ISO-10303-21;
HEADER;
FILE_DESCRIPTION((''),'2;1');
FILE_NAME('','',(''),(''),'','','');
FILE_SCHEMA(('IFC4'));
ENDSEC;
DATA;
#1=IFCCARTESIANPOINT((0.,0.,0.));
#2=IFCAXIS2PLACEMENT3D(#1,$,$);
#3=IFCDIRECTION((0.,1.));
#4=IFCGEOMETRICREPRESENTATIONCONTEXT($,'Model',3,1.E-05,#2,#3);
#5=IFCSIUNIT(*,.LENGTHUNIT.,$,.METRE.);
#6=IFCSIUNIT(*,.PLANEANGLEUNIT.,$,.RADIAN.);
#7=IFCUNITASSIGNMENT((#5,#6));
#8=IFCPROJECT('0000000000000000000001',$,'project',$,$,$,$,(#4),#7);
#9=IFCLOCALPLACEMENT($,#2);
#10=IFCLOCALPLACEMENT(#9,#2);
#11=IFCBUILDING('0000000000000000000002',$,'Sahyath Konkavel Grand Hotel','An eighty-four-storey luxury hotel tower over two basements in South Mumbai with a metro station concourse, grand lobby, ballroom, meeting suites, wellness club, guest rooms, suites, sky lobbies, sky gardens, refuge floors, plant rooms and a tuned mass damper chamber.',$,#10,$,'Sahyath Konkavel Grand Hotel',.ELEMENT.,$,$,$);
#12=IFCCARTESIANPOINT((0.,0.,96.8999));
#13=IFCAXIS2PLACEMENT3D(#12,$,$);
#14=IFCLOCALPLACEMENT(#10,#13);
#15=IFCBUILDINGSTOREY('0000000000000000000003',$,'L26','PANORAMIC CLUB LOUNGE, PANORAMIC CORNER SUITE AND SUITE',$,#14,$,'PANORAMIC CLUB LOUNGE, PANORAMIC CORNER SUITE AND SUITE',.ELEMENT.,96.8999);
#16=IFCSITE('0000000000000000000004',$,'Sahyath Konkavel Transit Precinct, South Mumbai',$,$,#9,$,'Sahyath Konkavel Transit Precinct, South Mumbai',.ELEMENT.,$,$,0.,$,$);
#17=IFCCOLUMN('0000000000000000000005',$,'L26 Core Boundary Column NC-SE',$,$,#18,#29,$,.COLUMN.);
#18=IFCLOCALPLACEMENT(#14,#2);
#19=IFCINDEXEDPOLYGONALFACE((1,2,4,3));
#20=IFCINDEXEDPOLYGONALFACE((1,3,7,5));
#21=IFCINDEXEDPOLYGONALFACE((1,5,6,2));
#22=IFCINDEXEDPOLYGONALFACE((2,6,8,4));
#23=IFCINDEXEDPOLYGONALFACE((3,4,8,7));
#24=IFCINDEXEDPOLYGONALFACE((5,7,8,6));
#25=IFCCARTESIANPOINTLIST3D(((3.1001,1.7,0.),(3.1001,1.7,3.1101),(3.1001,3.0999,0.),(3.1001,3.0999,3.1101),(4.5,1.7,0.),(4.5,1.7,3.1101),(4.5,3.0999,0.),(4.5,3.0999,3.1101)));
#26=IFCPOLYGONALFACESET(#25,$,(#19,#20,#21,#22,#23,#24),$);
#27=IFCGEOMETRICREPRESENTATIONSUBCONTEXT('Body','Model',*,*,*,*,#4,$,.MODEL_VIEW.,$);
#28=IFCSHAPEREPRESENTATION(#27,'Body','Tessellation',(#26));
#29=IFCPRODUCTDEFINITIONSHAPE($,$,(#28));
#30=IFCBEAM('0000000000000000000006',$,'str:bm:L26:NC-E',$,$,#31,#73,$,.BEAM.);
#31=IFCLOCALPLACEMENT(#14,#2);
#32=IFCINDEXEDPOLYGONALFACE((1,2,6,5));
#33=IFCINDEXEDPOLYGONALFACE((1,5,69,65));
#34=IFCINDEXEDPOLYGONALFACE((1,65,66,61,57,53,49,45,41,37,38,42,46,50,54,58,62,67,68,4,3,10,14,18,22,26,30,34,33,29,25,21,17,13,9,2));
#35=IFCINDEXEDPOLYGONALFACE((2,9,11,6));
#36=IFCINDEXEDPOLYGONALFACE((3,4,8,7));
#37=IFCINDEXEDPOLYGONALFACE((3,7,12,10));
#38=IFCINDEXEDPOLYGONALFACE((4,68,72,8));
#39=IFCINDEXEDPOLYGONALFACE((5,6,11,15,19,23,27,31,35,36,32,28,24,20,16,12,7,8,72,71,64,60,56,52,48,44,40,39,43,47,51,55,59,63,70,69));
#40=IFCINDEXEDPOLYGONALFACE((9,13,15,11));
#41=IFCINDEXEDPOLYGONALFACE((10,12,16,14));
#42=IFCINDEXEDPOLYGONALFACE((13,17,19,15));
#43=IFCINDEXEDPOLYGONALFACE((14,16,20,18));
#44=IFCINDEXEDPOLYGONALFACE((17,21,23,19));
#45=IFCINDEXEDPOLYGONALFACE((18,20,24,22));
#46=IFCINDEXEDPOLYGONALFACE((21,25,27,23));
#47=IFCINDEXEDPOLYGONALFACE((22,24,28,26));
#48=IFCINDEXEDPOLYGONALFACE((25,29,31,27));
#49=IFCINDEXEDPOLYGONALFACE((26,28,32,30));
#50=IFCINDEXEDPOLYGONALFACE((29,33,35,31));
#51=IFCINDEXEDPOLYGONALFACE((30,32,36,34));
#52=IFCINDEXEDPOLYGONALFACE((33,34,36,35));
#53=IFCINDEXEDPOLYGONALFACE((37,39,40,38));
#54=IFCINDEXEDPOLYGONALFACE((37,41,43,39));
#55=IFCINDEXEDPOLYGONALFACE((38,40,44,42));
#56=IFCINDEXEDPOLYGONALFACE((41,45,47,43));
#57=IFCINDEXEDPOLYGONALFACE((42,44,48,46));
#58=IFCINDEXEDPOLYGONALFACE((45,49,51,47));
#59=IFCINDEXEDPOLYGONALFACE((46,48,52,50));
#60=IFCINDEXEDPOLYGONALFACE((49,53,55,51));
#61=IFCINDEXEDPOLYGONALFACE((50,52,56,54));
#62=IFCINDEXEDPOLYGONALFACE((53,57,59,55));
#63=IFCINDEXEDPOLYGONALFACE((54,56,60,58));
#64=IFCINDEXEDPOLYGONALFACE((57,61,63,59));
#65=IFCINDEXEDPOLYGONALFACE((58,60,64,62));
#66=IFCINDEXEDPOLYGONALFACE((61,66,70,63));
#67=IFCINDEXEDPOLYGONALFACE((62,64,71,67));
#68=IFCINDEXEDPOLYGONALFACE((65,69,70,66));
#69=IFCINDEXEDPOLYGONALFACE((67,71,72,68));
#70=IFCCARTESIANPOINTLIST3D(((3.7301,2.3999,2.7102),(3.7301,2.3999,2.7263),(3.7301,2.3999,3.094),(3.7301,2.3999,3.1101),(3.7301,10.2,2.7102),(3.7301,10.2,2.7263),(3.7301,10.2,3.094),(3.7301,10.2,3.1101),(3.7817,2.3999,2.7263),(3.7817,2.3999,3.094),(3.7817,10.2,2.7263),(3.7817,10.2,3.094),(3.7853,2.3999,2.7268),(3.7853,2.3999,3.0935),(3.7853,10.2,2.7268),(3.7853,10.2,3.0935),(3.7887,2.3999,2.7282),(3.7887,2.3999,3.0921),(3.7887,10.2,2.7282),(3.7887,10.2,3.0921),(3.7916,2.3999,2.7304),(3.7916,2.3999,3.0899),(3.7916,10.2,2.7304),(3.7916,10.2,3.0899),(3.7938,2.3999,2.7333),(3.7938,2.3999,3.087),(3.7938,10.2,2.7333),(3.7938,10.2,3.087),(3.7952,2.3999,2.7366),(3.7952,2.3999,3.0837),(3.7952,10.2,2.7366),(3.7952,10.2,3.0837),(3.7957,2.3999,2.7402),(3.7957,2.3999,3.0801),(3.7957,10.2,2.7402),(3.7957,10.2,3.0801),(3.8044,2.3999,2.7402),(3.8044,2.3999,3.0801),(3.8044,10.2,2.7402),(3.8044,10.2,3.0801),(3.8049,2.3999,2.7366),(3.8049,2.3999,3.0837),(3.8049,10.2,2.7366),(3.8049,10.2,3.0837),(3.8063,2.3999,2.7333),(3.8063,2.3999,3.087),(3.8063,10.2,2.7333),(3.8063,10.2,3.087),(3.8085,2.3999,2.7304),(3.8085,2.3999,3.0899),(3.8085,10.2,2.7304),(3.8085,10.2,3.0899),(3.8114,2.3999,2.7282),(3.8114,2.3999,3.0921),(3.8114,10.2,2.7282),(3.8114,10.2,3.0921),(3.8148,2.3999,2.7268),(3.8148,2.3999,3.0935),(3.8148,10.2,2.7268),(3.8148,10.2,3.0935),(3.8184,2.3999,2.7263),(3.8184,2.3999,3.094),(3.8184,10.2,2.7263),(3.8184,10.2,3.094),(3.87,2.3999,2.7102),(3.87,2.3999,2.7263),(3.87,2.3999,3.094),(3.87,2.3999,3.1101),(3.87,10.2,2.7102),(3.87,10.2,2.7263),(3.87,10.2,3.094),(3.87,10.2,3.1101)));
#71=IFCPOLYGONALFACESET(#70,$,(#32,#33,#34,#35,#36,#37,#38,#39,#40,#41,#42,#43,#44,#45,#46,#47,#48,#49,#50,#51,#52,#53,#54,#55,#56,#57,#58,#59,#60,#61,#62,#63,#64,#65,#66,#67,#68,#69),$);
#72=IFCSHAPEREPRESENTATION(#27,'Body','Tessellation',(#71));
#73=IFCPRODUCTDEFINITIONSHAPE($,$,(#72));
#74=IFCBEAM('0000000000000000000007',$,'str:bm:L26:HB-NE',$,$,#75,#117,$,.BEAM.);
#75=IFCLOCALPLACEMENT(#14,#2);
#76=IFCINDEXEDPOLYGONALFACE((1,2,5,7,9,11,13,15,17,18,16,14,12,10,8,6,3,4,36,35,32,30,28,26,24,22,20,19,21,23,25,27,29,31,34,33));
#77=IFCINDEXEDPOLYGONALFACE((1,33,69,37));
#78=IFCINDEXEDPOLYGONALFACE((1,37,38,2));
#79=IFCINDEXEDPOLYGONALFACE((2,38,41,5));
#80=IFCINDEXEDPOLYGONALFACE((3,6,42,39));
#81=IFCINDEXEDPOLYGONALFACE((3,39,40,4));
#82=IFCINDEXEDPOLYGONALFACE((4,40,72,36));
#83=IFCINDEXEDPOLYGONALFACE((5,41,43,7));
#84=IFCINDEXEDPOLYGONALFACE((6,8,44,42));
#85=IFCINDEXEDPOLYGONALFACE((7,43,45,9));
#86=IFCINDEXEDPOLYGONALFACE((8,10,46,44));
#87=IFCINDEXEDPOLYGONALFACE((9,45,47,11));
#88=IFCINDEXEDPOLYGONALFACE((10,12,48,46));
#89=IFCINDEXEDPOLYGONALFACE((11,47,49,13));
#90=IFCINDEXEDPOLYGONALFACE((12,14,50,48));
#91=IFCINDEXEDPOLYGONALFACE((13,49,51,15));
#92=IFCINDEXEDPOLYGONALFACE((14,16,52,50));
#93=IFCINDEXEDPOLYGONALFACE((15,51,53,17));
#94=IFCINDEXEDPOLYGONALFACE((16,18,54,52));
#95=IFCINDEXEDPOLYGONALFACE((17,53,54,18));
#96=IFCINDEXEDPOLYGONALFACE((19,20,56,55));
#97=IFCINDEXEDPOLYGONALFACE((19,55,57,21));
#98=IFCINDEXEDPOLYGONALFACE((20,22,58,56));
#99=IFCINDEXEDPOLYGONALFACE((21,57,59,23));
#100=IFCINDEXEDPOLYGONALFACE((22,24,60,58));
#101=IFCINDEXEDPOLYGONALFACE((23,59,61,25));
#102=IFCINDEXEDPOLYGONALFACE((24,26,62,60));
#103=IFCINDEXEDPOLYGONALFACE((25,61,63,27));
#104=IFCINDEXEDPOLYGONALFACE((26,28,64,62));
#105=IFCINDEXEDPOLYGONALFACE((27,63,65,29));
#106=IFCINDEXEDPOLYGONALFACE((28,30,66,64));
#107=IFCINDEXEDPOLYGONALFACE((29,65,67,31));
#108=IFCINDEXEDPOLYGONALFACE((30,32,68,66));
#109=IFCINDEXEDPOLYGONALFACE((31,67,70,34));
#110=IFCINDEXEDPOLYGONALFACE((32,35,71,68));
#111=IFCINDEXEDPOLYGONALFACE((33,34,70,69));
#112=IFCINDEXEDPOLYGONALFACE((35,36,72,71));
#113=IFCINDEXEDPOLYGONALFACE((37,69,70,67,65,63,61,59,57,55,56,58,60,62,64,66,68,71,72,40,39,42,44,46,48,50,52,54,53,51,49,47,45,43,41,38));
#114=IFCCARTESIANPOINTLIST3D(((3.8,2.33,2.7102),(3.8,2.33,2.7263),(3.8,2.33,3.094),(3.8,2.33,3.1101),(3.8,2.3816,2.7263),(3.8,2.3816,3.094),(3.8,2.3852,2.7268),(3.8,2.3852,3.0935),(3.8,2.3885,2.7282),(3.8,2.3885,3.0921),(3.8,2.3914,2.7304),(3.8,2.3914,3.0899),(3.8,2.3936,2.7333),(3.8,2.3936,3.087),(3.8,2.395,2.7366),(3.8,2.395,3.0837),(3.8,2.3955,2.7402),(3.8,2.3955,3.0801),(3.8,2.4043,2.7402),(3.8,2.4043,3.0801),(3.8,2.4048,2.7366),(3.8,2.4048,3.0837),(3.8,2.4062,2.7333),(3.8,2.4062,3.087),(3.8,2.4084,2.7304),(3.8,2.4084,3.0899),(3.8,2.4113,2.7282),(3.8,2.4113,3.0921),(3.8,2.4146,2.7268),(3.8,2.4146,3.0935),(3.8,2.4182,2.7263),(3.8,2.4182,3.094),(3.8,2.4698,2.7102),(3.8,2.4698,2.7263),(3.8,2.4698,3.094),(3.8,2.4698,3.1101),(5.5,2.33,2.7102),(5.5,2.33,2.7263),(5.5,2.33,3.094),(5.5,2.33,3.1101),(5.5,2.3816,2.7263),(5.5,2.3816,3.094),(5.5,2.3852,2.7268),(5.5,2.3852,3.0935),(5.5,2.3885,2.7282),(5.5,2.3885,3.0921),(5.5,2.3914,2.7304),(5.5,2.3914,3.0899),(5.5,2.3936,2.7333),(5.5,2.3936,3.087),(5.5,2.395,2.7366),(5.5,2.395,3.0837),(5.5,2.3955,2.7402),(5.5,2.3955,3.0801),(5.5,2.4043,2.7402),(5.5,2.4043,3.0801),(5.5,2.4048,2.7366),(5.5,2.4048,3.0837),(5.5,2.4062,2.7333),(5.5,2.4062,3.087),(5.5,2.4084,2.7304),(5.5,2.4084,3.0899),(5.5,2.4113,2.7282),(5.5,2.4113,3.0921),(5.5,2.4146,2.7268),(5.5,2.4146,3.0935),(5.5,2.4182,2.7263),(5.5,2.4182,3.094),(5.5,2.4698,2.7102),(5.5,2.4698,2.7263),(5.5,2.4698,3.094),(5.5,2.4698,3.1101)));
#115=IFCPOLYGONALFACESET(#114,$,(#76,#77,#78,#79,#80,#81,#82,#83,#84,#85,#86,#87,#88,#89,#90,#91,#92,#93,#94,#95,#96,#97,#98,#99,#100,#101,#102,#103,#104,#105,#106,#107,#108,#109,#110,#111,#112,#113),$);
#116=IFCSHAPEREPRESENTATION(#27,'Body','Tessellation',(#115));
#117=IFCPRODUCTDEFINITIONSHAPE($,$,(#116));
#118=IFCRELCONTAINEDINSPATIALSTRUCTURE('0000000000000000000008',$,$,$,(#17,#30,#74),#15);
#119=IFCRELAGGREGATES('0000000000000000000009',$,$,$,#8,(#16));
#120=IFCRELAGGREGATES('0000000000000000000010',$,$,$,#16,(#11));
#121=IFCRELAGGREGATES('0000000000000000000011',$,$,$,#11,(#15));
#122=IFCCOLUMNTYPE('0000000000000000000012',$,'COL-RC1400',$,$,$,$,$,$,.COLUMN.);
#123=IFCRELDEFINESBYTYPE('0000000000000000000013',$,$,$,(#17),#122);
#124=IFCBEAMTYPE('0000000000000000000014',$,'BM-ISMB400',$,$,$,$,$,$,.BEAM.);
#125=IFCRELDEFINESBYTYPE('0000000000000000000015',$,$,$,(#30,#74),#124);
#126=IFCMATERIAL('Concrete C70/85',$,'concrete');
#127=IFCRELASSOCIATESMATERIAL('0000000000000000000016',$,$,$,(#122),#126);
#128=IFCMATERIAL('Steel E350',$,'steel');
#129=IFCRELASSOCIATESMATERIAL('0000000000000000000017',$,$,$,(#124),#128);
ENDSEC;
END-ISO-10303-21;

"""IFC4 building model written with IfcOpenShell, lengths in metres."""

from ifc_helpers import new_model, si_unit, direction, frame, origin, origin_2d, place, context, subcontext, project, spatial, rectangle, i_section, extrude, source, transform, mapped, material, material_profile, profile_set, type_object, element, save


model = new_model("IFC4")

# Units and contexts
model_context = context("Model", 3, precision=1e-05, world=origin(), true_north=direction((0.0, 1.0)))
body_context = subcontext(model_context, "Body", "Model", "MODEL_VIEW")
ifc_project = project(units=[si_unit("LENGTHUNIT", "METRE"), si_unit("PLANEANGLEUNIT", "RADIAN")], contexts=[model_context])

# Site, building, storey
site_placement = place(None, origin())
site = spatial("IfcSite", under=ifc_project, at=site_placement, Name="Sahyath Konkavel Transit Precinct, South Mumbai", LongName="Sahyath Konkavel Transit Precinct, South Mumbai", CompositionType="ELEMENT", RefElevation=0.0)
building_placement = place(site_placement, origin())
building = spatial("IfcBuilding", under=site, at=building_placement, Name="Sahyath Konkavel Grand Hotel", Description="An eighty-four-storey luxury hotel tower over two basements in South Mumbai with a metro station concourse, grand lobby, ballroom, meeting suites, wellness club, guest rooms, suites, sky lobbies, sky gardens, refuge floors, plant rooms and a tuned mass damper chamber.", LongName="Sahyath Konkavel Grand Hotel", CompositionType="ELEMENT")
storey_placement = place(building_placement, frame((0.0, 0.0, 96.8999)))
storey = spatial("IfcBuildingStorey", under=building, at=storey_placement, Name="L26", Description="PANORAMIC CLUB LOUNGE, PANORAMIC CORNER SUITE AND SUITE", LongName="PANORAMIC CLUB LOUNGE, PANORAMIC CORNER SUITE AND SUITE", CompositionType="ELEMENT", Elevation=96.8999)

# Column
ifc_material_1 = material(Name="Concrete C70/85", Category="concrete")
ifc_material_profile_1 = material_profile(ifc_material_1, rectangle(XDim=1.3999, YDim=1.3999, at=origin_2d()), Name="RC 1400x1400")
ifc_profile_set_1 = profile_set([ifc_material_profile_1], Name="Concrete C70/85")
column_type = type_object("IfcColumnType", Name="COL-RC1400", PredefinedType="COLUMN", material=ifc_profile_set_1)
shared_shape_1 = source(origin(), body_context, "Body", "SweptSolid", [
    extrude(rectangle(XDim=1.3999, YDim=1.3999, at=origin_2d()), origin(), (0.0, 0.0, 1.0), 3.1101),
])
column_placement = place(storey_placement, frame((3.8, 2.3999, 0.0), z_axis=(0.0, 0.0, 1.0), x_axis=(1.0, 0.0, 0.0)))
element("IfcColumn", 1, at=column_placement, inside=storey, type_object=column_type, Name="L26 Core Boundary Column NC-SE", PredefinedType="COLUMN", context=body_context, shape_type="MappedRepresentation", body=[
    mapped(shared_shape_1, transform((0.0, 0.0, 0.0), scale=1.0)),
])

# Beams
ifc_material_2 = material(Name="Steel E350", Category="steel")
ifc_material_profile_2 = material_profile(ifc_material_2, i_section(OverallWidth=0.1399, OverallDepth=0.3999, WebThickness=0.0088, FlangeThickness=0.0161, FilletRadius=0.0139, at=origin_2d()), Name="ISMB 400")
ifc_profile_set_2 = profile_set([ifc_material_profile_2], Name="Steel E350")
beam_type = type_object("IfcBeamType", Name="BM-ISMB400", PredefinedType="BEAM", material=ifc_profile_set_2)
shared_shape_2 = source(origin(), body_context, "Body", "SweptSolid", [
    extrude(i_section(OverallWidth=0.1399, OverallDepth=0.3999, WebThickness=0.0088, FlangeThickness=0.0161, FilletRadius=0.0139, at=origin_2d()), origin(), (0.0, 0.0, 1.0), 7.8),
])
beam_1_placement = place(storey_placement, frame((3.8, 2.3999, 2.9102), z_axis=(0.0, 1.0, 0.0), x_axis=(-1.0, 0.0, 0.0)))
element("IfcBeam", 2, at=beam_1_placement, inside=storey, type_object=beam_type, Name="str:bm:L26:NC-E", PredefinedType="BEAM", context=body_context, shape_type="MappedRepresentation", body=[
    mapped(shared_shape_2, transform((0.0, 0.0, 0.0), scale=1.0)),
])
shared_shape_3 = source(origin(), body_context, "Body", "SweptSolid", [
    extrude(i_section(OverallWidth=0.1399, OverallDepth=0.3999, WebThickness=0.0088, FlangeThickness=0.0161, FilletRadius=0.0139, at=origin_2d()), origin(), (0.0, 0.0, 1.0), 1.7),
])
beam_2_placement = place(storey_placement, frame((3.8, 2.3999, 2.9102), z_axis=(1.0, 0.0, 0.0), x_axis=(0.0, 1.0, 0.0)))
element("IfcBeam", 3, at=beam_2_placement, inside=storey, type_object=beam_type, Name="str:bm:L26:HB-NE", PredefinedType="BEAM", context=body_context, shape_type="MappedRepresentation", body=[
    mapped(shared_shape_3, transform((0.0, 0.0, 0.0), scale=1.0)),
])

save(model, "model.ifc")
